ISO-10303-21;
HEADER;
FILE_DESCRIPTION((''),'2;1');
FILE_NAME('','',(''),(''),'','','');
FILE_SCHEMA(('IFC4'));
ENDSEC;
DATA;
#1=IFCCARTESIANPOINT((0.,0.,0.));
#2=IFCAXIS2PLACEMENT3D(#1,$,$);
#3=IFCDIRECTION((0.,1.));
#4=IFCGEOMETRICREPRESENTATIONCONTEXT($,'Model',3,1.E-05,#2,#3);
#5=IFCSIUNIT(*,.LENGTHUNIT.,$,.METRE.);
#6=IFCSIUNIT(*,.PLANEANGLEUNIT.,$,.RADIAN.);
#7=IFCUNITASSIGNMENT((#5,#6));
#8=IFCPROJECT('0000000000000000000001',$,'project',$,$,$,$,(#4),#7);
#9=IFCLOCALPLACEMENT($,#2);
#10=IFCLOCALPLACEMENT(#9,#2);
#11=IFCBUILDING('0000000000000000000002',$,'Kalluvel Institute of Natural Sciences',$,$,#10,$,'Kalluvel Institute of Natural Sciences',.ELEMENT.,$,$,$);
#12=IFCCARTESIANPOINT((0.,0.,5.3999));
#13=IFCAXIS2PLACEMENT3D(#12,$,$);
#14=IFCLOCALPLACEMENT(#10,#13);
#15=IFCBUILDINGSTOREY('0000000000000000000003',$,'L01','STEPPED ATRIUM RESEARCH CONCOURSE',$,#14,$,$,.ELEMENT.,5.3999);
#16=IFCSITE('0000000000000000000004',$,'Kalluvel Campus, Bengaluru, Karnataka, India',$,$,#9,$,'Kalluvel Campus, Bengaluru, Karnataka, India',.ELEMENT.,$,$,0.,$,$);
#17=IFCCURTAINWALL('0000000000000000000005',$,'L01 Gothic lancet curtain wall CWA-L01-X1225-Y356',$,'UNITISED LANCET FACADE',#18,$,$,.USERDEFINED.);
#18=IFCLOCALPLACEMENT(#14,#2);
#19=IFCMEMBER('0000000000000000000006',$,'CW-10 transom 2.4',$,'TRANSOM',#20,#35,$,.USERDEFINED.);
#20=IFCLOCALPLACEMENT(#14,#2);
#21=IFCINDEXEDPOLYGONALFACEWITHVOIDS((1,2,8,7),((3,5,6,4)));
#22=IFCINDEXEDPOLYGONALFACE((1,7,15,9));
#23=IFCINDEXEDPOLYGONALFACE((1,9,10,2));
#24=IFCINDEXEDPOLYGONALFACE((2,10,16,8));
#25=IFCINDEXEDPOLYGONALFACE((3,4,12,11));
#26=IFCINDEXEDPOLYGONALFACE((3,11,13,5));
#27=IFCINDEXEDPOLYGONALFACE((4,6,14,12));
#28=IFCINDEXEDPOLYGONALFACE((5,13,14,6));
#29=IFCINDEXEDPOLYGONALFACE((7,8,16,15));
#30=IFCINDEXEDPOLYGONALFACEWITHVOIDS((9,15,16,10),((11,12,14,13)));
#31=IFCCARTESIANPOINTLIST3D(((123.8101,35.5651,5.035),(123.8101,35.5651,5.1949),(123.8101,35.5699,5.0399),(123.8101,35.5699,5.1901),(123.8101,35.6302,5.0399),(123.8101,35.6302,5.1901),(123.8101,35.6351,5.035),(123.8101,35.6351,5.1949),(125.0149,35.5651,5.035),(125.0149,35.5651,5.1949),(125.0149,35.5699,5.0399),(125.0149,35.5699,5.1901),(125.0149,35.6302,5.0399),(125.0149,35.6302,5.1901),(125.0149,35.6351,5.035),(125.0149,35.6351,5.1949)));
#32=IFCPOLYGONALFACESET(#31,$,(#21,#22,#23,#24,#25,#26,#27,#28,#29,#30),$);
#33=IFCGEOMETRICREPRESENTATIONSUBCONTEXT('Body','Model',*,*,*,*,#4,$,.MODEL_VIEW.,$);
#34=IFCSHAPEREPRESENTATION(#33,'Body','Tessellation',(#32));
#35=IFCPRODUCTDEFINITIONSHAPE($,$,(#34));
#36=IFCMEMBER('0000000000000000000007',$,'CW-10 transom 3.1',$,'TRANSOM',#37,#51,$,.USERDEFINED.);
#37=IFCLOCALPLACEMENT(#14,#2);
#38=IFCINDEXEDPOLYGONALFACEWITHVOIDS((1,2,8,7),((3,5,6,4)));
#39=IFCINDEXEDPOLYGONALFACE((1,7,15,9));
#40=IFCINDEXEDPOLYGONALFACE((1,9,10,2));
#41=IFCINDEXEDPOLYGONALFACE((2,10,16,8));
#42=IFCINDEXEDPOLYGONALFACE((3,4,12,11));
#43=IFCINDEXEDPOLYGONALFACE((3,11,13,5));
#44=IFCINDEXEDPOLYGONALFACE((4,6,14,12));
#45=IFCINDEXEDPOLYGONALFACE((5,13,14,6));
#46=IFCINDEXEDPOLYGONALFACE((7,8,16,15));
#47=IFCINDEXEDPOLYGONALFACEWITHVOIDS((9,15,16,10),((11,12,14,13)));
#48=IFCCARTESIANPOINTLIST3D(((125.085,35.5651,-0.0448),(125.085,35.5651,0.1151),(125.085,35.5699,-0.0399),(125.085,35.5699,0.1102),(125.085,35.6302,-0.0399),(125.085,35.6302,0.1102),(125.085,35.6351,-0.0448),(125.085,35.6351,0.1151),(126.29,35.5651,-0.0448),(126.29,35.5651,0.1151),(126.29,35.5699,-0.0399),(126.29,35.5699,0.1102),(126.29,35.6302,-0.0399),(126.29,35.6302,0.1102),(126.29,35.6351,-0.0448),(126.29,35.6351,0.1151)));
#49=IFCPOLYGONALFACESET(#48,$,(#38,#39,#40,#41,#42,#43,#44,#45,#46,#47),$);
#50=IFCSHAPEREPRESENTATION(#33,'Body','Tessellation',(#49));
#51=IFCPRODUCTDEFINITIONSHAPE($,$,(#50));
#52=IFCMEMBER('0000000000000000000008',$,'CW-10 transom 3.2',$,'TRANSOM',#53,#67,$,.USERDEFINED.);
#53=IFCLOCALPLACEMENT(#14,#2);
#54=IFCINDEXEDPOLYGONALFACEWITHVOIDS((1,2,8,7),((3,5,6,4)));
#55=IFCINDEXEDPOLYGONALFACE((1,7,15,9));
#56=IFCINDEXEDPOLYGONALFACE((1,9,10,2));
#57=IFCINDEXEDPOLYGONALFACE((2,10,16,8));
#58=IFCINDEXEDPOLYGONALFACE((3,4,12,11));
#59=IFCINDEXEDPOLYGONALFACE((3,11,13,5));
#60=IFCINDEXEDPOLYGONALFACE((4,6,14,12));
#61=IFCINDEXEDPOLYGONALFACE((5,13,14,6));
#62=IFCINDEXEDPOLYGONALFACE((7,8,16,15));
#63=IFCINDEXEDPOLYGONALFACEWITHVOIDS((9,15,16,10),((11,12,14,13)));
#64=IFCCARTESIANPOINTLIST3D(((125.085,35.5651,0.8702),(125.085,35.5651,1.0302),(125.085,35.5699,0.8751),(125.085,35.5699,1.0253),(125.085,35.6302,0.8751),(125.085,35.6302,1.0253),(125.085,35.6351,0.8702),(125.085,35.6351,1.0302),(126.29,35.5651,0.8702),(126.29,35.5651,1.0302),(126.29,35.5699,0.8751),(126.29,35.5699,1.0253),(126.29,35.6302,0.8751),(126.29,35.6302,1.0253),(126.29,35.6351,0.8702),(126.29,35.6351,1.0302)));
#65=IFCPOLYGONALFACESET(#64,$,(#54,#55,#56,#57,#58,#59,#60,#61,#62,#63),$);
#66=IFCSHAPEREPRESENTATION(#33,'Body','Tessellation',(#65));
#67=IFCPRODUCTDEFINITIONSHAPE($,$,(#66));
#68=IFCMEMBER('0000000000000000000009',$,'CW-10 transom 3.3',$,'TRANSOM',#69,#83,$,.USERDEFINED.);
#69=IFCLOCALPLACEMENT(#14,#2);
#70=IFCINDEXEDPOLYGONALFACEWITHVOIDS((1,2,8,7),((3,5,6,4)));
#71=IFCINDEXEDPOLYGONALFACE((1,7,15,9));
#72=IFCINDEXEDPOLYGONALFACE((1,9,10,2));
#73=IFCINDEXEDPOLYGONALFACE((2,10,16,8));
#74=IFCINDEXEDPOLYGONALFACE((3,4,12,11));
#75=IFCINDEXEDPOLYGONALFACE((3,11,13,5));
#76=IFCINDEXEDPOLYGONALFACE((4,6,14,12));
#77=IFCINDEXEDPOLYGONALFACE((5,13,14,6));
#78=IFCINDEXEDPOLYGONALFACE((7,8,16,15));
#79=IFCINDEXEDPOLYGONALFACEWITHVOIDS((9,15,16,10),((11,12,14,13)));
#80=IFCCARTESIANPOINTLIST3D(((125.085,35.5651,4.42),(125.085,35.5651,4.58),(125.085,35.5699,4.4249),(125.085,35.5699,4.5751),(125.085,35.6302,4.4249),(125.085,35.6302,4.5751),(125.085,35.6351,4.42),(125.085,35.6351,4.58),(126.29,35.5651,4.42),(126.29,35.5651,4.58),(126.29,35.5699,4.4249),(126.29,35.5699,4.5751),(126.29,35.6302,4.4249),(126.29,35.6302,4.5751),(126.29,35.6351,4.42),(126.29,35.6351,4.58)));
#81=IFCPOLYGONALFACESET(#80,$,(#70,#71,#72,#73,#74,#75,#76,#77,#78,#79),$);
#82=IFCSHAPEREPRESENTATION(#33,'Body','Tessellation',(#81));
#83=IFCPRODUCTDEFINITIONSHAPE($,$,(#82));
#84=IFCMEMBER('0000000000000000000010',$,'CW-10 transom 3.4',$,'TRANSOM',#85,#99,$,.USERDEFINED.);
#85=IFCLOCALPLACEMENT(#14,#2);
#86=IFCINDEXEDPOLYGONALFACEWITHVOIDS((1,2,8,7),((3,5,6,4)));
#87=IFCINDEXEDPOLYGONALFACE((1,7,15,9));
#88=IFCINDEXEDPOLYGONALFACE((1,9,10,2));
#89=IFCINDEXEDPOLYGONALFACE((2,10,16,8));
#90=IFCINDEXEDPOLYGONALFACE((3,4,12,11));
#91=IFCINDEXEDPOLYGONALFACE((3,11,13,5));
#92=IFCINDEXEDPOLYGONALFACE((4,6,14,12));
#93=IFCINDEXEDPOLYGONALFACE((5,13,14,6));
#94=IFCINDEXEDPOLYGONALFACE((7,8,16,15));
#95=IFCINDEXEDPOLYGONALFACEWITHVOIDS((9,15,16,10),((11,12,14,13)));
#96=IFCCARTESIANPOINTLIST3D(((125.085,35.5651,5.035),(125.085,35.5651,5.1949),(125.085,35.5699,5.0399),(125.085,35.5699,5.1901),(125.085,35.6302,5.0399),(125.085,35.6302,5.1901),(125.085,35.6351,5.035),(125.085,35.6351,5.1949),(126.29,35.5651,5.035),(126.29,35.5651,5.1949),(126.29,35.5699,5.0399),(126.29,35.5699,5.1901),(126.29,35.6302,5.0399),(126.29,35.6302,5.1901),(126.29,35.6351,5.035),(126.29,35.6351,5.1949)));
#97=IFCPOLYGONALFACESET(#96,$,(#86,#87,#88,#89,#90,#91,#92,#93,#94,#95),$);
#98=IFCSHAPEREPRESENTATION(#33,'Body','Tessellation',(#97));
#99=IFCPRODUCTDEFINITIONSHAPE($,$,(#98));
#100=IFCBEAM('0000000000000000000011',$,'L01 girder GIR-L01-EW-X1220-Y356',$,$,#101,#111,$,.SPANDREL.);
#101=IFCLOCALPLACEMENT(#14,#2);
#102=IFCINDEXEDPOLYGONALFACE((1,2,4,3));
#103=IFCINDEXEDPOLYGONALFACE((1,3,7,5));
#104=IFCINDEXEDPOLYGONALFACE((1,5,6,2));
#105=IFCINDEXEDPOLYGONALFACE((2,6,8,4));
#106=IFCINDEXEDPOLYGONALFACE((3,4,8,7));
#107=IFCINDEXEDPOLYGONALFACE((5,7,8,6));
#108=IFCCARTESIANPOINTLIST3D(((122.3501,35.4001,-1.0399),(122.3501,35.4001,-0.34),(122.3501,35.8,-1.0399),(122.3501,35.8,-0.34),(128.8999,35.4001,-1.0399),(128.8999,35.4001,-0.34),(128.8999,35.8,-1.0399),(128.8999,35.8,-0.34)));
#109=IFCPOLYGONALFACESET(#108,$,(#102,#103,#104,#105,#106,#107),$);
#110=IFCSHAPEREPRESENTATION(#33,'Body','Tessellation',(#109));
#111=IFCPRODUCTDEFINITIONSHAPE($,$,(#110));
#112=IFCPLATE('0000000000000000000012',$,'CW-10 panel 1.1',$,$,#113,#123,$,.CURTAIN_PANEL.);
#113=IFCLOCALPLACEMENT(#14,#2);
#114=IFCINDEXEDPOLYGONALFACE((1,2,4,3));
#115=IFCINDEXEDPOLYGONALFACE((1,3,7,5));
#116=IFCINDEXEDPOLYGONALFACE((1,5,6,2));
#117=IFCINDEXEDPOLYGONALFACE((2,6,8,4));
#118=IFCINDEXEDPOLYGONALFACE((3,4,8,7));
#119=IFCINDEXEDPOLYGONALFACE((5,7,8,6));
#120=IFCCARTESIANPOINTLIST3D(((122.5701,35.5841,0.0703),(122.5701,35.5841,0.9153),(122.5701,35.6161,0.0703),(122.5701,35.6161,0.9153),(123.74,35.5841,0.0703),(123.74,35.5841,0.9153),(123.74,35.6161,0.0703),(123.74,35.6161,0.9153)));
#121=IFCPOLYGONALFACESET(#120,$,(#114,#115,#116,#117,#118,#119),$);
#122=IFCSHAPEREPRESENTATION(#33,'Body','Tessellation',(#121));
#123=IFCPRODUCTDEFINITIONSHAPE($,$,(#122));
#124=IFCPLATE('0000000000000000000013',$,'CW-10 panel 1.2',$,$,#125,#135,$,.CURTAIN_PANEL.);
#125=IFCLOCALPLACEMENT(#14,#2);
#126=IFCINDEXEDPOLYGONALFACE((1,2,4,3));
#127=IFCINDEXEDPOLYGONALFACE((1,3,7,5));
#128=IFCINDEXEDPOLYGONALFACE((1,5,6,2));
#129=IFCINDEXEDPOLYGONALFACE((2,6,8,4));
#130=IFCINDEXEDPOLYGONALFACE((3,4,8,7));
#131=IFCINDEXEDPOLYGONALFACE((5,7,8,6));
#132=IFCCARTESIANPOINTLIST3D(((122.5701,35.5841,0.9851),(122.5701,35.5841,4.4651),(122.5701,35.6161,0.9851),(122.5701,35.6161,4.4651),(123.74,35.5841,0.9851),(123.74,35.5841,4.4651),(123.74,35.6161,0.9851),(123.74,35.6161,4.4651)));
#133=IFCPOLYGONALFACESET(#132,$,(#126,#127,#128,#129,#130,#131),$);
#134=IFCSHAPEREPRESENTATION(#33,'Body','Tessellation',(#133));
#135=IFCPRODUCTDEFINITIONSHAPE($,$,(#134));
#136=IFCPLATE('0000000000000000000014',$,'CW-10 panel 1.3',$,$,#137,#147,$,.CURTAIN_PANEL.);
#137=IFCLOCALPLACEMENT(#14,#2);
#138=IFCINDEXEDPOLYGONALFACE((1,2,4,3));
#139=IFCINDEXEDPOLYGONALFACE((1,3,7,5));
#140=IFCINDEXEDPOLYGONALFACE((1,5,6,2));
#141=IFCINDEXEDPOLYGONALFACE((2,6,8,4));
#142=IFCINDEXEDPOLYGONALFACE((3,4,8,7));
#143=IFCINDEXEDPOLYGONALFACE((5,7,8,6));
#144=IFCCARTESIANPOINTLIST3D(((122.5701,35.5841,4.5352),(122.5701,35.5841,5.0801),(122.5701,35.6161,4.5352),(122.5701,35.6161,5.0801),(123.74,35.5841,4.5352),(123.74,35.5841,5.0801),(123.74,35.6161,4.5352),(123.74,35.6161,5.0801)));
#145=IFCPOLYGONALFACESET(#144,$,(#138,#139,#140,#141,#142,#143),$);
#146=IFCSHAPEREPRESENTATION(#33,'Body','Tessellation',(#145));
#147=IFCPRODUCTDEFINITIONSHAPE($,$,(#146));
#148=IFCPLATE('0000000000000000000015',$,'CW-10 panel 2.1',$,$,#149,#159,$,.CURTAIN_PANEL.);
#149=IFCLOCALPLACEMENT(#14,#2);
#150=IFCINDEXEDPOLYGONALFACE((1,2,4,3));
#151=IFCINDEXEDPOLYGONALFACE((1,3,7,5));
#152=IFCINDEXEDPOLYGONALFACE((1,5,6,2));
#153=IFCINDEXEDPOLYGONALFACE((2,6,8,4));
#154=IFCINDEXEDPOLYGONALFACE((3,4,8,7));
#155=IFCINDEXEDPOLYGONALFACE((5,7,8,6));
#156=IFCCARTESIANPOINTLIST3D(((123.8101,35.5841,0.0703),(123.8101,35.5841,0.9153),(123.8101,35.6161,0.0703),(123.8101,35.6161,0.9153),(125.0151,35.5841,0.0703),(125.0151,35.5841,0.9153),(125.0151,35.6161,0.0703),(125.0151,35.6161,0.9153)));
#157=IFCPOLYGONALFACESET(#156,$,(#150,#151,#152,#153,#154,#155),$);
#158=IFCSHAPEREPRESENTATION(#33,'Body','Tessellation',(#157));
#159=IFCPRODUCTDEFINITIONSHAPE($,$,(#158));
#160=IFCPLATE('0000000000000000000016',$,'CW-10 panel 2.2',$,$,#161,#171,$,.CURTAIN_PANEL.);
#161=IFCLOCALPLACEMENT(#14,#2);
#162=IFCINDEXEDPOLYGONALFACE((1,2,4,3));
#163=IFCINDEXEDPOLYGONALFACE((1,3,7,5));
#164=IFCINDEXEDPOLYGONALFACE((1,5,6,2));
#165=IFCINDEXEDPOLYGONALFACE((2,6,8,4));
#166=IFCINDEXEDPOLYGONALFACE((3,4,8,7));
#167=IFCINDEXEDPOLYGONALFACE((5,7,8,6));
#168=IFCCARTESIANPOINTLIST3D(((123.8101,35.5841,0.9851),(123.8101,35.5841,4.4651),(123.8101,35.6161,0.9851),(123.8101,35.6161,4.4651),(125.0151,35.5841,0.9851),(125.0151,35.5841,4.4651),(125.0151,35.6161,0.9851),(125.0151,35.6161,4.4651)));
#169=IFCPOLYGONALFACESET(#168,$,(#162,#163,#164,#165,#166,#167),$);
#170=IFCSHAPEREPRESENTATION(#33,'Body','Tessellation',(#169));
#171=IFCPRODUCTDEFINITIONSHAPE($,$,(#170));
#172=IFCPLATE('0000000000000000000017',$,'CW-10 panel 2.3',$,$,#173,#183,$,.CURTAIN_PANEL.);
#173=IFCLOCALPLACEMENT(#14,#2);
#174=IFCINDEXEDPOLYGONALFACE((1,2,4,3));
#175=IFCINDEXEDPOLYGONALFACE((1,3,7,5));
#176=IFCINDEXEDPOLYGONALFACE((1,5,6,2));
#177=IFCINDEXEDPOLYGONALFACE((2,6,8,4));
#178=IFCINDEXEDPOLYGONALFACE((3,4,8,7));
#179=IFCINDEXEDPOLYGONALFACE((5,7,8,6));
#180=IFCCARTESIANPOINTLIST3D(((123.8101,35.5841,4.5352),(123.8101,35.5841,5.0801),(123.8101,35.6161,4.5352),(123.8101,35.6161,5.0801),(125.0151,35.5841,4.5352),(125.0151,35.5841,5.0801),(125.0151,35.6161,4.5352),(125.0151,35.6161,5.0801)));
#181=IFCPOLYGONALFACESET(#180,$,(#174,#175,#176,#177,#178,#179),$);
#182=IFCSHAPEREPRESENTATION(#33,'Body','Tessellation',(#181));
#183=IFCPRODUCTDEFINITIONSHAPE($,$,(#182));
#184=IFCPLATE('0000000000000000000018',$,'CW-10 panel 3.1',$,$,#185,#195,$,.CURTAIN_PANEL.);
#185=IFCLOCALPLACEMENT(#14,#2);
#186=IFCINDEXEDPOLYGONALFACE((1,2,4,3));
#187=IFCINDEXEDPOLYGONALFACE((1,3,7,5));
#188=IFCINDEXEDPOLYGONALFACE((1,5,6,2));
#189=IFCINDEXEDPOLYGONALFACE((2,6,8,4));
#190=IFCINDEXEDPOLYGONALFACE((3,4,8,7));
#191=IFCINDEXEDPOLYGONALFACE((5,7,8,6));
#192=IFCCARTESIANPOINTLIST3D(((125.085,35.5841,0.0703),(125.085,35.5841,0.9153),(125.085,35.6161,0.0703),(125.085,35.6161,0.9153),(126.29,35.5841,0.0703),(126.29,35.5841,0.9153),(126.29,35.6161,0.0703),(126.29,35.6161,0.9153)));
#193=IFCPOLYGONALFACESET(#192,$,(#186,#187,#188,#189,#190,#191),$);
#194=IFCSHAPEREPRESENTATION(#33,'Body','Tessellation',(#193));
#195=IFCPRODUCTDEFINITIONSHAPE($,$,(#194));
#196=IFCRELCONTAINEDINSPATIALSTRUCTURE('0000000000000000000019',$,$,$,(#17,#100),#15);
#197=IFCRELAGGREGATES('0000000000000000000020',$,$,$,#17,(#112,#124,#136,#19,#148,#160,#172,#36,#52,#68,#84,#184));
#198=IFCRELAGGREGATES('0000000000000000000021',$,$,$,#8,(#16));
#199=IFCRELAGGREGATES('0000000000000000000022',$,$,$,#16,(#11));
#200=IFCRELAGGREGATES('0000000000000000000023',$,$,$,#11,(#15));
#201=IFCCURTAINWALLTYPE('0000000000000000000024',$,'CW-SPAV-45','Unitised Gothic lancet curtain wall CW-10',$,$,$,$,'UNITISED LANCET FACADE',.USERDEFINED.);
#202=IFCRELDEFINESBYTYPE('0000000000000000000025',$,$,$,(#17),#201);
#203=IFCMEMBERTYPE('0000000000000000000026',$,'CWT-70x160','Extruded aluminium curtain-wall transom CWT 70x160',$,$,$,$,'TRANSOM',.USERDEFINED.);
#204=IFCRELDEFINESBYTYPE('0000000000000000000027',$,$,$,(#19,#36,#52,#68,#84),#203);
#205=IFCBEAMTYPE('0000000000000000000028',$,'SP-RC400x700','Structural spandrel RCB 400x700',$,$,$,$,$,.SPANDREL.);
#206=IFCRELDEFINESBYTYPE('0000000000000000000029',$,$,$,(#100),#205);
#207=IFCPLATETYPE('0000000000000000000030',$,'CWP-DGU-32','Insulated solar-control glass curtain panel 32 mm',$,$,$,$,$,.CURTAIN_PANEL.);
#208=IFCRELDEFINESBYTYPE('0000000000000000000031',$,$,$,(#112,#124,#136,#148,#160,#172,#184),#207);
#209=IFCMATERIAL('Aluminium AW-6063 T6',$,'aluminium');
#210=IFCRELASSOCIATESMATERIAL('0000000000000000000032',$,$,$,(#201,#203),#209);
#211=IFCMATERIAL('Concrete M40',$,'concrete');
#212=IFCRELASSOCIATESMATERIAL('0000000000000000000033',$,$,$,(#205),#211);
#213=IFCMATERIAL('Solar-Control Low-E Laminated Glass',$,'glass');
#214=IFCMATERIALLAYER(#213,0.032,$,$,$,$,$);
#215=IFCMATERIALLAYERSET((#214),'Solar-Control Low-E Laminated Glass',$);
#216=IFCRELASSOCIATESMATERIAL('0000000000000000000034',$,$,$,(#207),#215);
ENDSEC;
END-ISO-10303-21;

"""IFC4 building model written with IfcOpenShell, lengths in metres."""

from ifc_helpers import new_model, si_unit, direction, frame, origin, origin_2d, place, context, subcontext, project, spatial, rectangle, hollow_rectangle, extrude, material, layer, layer_set, material_profile, profile_set, type_object, element, aggregate, save


model = new_model("IFC4")

# Units and contexts
model_context = context("Model", 3, precision=1e-05, world=origin(), true_north=direction((0.0, 1.0)))
body_context = subcontext(model_context, "Body", "Model", "MODEL_VIEW")
ifc_project = project(units=[si_unit("LENGTHUNIT", "METRE"), si_unit("PLANEANGLEUNIT", "RADIAN")], contexts=[model_context])

# Site, building, storey
site_placement = place(None, origin())
site = spatial("IfcSite", under=ifc_project, at=site_placement, Name="Kalluvel Campus, Bengaluru, Karnataka, India", LongName="Kalluvel Campus, Bengaluru, Karnataka, India", CompositionType="ELEMENT", RefElevation=0.0)
building_placement = place(site_placement, origin())
building = spatial("IfcBuilding", under=site, at=building_placement, Name="Kalluvel Institute of Natural Sciences", LongName="Kalluvel Institute of Natural Sciences", CompositionType="ELEMENT")
storey_placement = place(building_placement, frame((0.0, 0.0, 5.3999)))
storey = spatial("IfcBuildingStorey", under=building, at=storey_placement, Name="L01", Description="STEPPED ATRIUM RESEARCH CONCOURSE", CompositionType="ELEMENT", Elevation=5.3999)

# Curtain wall, members
ifc_material_1 = material(Name="Aluminium AW-6063 T6", Category="aluminium")
curtain_wall_type = type_object("IfcCurtainWallType", Name="CW-SPAV-45", Description="Unitised Gothic lancet curtain wall CW-10", ElementType="UNITISED LANCET FACADE", PredefinedType="USERDEFINED", material=ifc_material_1)
curtain_wall_placement = place(storey_placement, origin())
curtain_wall = element("IfcCurtainWall", 1, at=curtain_wall_placement, inside=storey, type_object=curtain_wall_type, Name="L01 Gothic lancet curtain wall CWA-L01-X1225-Y356", ObjectType="UNITISED LANCET FACADE", PredefinedType="USERDEFINED")
ifc_material_profile_1 = material_profile(ifc_material_1, hollow_rectangle(XDim=0.0701, YDim=0.1599, WallThickness=0.0049, at=origin_2d()), Name="CWT 70x160")
ifc_profile_set_1 = profile_set([ifc_material_profile_1], Name="Aluminium AW-6063 T6")
member_type_1 = type_object("IfcMemberType", Name="CWT-70x160", Description="Extruded aluminium curtain-wall transom CWT 70x160", ElementType="TRANSOM", PredefinedType="USERDEFINED", material=ifc_profile_set_1)
member_1_placement = place(storey_placement, frame((123.8101, 35.6001, 5.115), z_axis=(1.0, 0.0, 0.0), x_axis=(0.0, 1.0, 0.0)))
member_1 = element("IfcMember", 2, at=member_1_placement, type_object=member_type_1, Name="CW-10 transom 2.4", ObjectType="TRANSOM", PredefinedType="USERDEFINED", context=body_context, shape_type="SweptSolid", body=[
    extrude(hollow_rectangle(XDim=0.0701, YDim=0.1599, WallThickness=0.0049, at=origin_2d()), origin(), (0.0, 0.0, 1.0), 1.2048),
])
member_2_placement = place(storey_placement, frame((125.085, 35.6001, 0.0352), z_axis=(1.0, 0.0, 0.0), x_axis=(0.0, 1.0, 0.0)))
member_2 = element("IfcMember", 3, at=member_2_placement, type_object=member_type_1, Name="CW-10 transom 3.1", ObjectType="TRANSOM", PredefinedType="USERDEFINED", context=body_context, shape_type="SweptSolid", body=[
    extrude(hollow_rectangle(XDim=0.0701, YDim=0.1599, WallThickness=0.0049, at=origin_2d()), origin(), (0.0, 0.0, 1.0), 1.2051),
])
member_3_placement = place(storey_placement, frame((125.085, 35.6001, 0.9502), z_axis=(1.0, 0.0, 0.0), x_axis=(0.0, 1.0, 0.0)))
member_3 = element("IfcMember", 4, at=member_3_placement, type_object=member_type_1, Name="CW-10 transom 3.2", ObjectType="TRANSOM", PredefinedType="USERDEFINED", context=body_context, shape_type="SweptSolid", body=[
    extrude(hollow_rectangle(XDim=0.0701, YDim=0.1599, WallThickness=0.0049, at=origin_2d()), origin(), (0.0, 0.0, 1.0), 1.2051),
])
member_4_placement = place(storey_placement, frame((125.085, 35.6001, 4.5), z_axis=(1.0, 0.0, 0.0), x_axis=(0.0, 1.0, 0.0)))
member_4 = element("IfcMember", 5, at=member_4_placement, type_object=member_type_1, Name="CW-10 transom 3.3", ObjectType="TRANSOM", PredefinedType="USERDEFINED", context=body_context, shape_type="SweptSolid", body=[
    extrude(hollow_rectangle(XDim=0.0701, YDim=0.1599, WallThickness=0.0049, at=origin_2d()), origin(), (0.0, 0.0, 1.0), 1.2051),
])
member_5_placement = place(storey_placement, frame((125.085, 35.6001, 5.115), z_axis=(1.0, 0.0, 0.0), x_axis=(0.0, 1.0, 0.0)))
member_5 = element("IfcMember", 6, at=member_5_placement, type_object=member_type_1, Name="CW-10 transom 3.4", ObjectType="TRANSOM", PredefinedType="USERDEFINED", context=body_context, shape_type="SweptSolid", body=[
    extrude(hollow_rectangle(XDim=0.0701, YDim=0.1599, WallThickness=0.0049, at=origin_2d()), origin(), (0.0, 0.0, 1.0), 1.2051),
])

# Beam
ifc_material_2 = material(Name="Concrete M40", Category="concrete")
ifc_material_profile_2 = material_profile(ifc_material_2, rectangle(XDim=0.3999, YDim=0.7, at=origin_2d()), Name="RCB 400x700")
ifc_profile_set_2 = profile_set([ifc_material_profile_2], Name="Concrete M40")
beam_type = type_object("IfcBeamType", Name="SP-RC400x700", Description="Structural spandrel RCB 400x700", PredefinedType="SPANDREL", material=ifc_profile_set_2)
beam_placement = place(storey_placement, frame((122.3501, 35.6001, -0.6899), z_axis=(1.0, 0.0, 0.0), x_axis=(0.0, 1.0, 0.0)))
element("IfcBeam", 7, at=beam_placement, inside=storey, type_object=beam_type, Name="L01 girder GIR-L01-EW-X1220-Y356", PredefinedType="SPANDREL", context=body_context, shape_type="SweptSolid", body=[
    extrude(rectangle(XDim=0.3999, YDim=0.7, at=origin_2d()), origin(), (0.0, 0.0, 1.0), 6.5498),
])

# Plates
ifc_material_3 = material(Name="Solar-Control Low-E Laminated Glass", Category="glass")
ifc_layer = layer(ifc_material_3, 0.032)
ifc_layer_set = layer_set([ifc_layer], Name="Solar-Control Low-E Laminated Glass")
plate_type = type_object("IfcPlateType", Name="CWP-DGU-32", Description="Insulated solar-control glass curtain panel 32 mm", PredefinedType="CURTAIN_PANEL", material=ifc_layer_set)
plate_1_placement = place(storey_placement, frame((123.155, 35.6001, 0.0703), z_axis=(0.0, 0.0, 1.0), x_axis=(1.0, 0.0, 0.0)))
plate_1 = element("IfcPlate", 8, at=plate_1_placement, type_object=plate_type, Name="CW-10 panel 1.1", PredefinedType="CURTAIN_PANEL", context=body_context, shape_type="SweptSolid", body=[
    extrude(rectangle(XDim=1.1699, YDim=0.032, at=origin_2d()), origin(), (0.0, 0.0, 1.0), 0.845),
])
plate_2_placement = place(storey_placement, frame((123.155, 35.6001, 0.9851), z_axis=(0.0, 0.0, 1.0), x_axis=(1.0, 0.0, 0.0)))
plate_2 = element("IfcPlate", 9, at=plate_2_placement, type_object=plate_type, Name="CW-10 panel 1.2", PredefinedType="CURTAIN_PANEL", context=body_context, shape_type="SweptSolid", body=[
    extrude(rectangle(XDim=1.1699, YDim=0.032, at=origin_2d()), origin(), (0.0, 0.0, 1.0), 3.48),
])
plate_3_placement = place(storey_placement, frame((123.155, 35.6001, 4.5352), z_axis=(0.0, 0.0, 1.0), x_axis=(1.0, 0.0, 0.0)))
plate_3 = element("IfcPlate", 10, at=plate_3_placement, type_object=plate_type, Name="CW-10 panel 1.3", PredefinedType="CURTAIN_PANEL", context=body_context, shape_type="SweptSolid", body=[
    extrude(rectangle(XDim=1.1699, YDim=0.032, at=origin_2d()), origin(), (0.0, 0.0, 1.0), 0.5449),
])
plate_4_placement = place(storey_placement, frame((124.4126, 35.6001, 0.0703), z_axis=(0.0, 0.0, 1.0), x_axis=(1.0, 0.0, 0.0)))
plate_4 = element("IfcPlate", 11, at=plate_4_placement, type_object=plate_type, Name="CW-10 panel 2.1", PredefinedType="CURTAIN_PANEL", context=body_context, shape_type="SweptSolid", body=[
    extrude(rectangle(XDim=1.2051, YDim=0.032, at=origin_2d()), origin(), (0.0, 0.0, 1.0), 0.845),
])
plate_5_placement = place(storey_placement, frame((124.4126, 35.6001, 0.9851), z_axis=(0.0, 0.0, 1.0), x_axis=(1.0, 0.0, 0.0)))
plate_5 = element("IfcPlate", 12, at=plate_5_placement, type_object=plate_type, Name="CW-10 panel 2.2", PredefinedType="CURTAIN_PANEL", context=body_context, shape_type="SweptSolid", body=[
    extrude(rectangle(XDim=1.2051, YDim=0.032, at=origin_2d()), origin(), (0.0, 0.0, 1.0), 3.48),
])
plate_6_placement = place(storey_placement, frame((124.4126, 35.6001, 4.5352), z_axis=(0.0, 0.0, 1.0), x_axis=(1.0, 0.0, 0.0)))
plate_6 = element("IfcPlate", 13, at=plate_6_placement, type_object=plate_type, Name="CW-10 panel 2.3", PredefinedType="CURTAIN_PANEL", context=body_context, shape_type="SweptSolid", body=[
    extrude(rectangle(XDim=1.2051, YDim=0.032, at=origin_2d()), origin(), (0.0, 0.0, 1.0), 0.5449),
])
plate_7_placement = place(storey_placement, frame((125.6875, 35.6001, 0.0703), z_axis=(0.0, 0.0, 1.0), x_axis=(1.0, 0.0, 0.0)))
plate_7 = element("IfcPlate", 14, at=plate_7_placement, type_object=plate_type, Name="CW-10 panel 3.1", PredefinedType="CURTAIN_PANEL", context=body_context, shape_type="SweptSolid", body=[
    extrude(rectangle(XDim=1.2051, YDim=0.032, at=origin_2d()), origin(), (0.0, 0.0, 1.0), 0.845),
])
aggregate(curtain_wall, [plate_1, plate_2, plate_3, member_1, plate_4, plate_5, plate_6, member_2, member_3, member_4, member_5, plate_7])

save(model, "model.ifc")
